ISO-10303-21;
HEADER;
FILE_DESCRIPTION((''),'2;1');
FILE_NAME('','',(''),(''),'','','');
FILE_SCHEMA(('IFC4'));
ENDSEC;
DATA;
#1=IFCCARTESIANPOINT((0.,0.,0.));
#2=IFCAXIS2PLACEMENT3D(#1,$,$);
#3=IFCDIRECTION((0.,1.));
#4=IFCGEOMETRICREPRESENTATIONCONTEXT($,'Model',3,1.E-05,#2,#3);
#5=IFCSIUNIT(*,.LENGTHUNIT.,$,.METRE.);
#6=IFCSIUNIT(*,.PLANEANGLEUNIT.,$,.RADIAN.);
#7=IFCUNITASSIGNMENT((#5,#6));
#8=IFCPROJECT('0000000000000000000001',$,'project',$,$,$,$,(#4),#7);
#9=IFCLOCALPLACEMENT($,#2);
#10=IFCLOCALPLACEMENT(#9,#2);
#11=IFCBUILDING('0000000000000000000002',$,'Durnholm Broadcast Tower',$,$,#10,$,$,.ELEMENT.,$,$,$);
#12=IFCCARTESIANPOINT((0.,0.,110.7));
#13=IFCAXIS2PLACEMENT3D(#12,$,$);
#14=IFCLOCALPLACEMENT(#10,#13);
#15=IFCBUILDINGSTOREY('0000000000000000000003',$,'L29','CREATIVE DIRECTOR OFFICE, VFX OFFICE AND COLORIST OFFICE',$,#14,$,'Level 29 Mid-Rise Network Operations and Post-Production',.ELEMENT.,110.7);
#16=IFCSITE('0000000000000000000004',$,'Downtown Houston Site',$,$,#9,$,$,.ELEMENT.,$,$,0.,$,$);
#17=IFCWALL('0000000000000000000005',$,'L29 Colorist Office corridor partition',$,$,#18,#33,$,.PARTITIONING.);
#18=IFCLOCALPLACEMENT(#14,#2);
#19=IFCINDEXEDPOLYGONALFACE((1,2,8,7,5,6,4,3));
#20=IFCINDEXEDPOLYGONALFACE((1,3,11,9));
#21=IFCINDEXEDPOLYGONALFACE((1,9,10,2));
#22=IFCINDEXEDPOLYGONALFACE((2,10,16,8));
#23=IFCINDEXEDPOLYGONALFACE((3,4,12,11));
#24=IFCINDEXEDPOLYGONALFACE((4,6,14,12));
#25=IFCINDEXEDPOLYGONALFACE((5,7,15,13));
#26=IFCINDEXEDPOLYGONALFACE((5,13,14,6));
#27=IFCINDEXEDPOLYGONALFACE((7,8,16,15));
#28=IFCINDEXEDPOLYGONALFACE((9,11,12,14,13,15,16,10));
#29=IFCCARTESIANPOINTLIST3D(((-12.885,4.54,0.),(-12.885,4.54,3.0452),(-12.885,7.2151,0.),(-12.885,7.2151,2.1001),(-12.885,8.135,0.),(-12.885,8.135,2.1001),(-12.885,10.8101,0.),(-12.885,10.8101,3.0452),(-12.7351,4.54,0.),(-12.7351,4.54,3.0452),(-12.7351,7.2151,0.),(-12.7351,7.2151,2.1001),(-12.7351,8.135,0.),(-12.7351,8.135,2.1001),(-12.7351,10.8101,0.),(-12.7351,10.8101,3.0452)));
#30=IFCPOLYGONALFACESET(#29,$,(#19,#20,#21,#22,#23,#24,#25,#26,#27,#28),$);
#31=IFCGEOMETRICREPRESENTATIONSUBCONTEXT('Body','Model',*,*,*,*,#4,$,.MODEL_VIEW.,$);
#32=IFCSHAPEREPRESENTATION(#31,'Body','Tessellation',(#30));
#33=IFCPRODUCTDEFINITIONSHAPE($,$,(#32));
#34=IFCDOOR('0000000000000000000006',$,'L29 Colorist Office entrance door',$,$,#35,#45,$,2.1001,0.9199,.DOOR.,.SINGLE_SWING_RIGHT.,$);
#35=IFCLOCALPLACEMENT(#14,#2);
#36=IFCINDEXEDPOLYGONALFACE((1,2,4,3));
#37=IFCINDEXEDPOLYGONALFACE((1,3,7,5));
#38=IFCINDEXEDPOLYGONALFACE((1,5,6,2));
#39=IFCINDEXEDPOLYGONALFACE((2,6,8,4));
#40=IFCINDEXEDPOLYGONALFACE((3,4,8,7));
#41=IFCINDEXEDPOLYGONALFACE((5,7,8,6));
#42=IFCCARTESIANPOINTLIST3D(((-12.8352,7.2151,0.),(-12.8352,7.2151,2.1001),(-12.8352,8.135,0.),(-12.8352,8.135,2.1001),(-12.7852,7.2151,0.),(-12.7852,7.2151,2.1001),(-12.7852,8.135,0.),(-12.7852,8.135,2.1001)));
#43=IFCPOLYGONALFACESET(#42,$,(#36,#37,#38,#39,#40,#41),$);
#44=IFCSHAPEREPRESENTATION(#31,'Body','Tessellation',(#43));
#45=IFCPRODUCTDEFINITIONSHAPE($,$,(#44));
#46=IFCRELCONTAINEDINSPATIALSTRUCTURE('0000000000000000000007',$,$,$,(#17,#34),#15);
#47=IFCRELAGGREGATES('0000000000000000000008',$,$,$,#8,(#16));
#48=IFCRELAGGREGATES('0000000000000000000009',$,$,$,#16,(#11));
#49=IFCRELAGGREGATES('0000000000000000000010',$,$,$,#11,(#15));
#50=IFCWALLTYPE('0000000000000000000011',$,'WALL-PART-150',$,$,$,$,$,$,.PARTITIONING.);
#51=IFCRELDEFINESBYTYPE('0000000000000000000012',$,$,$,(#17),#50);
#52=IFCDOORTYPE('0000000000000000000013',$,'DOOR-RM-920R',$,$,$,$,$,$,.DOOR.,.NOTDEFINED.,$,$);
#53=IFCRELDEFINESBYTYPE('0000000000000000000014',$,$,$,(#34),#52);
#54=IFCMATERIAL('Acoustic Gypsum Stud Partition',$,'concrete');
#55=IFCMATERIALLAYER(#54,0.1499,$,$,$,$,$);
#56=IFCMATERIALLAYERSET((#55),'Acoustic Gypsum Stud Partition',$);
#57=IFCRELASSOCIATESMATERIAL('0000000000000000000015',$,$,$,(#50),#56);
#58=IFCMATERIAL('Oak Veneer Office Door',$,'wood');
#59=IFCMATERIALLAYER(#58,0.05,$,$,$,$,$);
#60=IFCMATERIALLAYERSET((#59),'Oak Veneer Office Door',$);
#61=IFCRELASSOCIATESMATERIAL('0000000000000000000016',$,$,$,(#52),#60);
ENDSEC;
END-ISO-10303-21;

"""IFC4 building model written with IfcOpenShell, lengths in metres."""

from ifc_helpers import new_model, si_unit, direction, frame, frame_2d, origin, place, context, subcontext, project, spatial, rectangle, extrude, source, transform, mapped, material, layer, layer_set, type_object, type_shapes, element, fill, save


model = new_model("IFC4")

# Units and contexts
model_context = context("Model", 3, precision=1e-05, world=origin(), true_north=direction((0.0, 1.0)))
body_context = subcontext(model_context, "Body", "Model", "MODEL_VIEW")
ifc_project = project(units=[si_unit("LENGTHUNIT", "METRE"), si_unit("PLANEANGLEUNIT", "RADIAN")], contexts=[model_context])

# Site, building, storey
site_placement = place(None, origin())
site = spatial("IfcSite", under=ifc_project, at=site_placement, Name="Downtown Houston Site", CompositionType="ELEMENT", RefElevation=0.0)
building_placement = place(site_placement, origin())
building = spatial("IfcBuilding", under=site, at=building_placement, Name="Durnholm Broadcast Tower", CompositionType="ELEMENT")
storey_placement = place(building_placement, frame((0.0, 0.0, 110.7)))
storey = spatial("IfcBuildingStorey", under=building, at=storey_placement, Name="L29", Description="CREATIVE DIRECTOR OFFICE, VFX OFFICE AND COLORIST OFFICE", LongName="Level 29 Mid-Rise Network Operations and Post-Production", CompositionType="ELEMENT", Elevation=110.7)

# Wall, opening, door
ifc_material_1 = material(Name="Acoustic Gypsum Stud Partition", Category="concrete")
ifc_layer_1 = layer(ifc_material_1, 0.1499)
ifc_layer_set_1 = layer_set([ifc_layer_1], Name="Acoustic Gypsum Stud Partition")
wall_type_1 = type_object("IfcWallType", Name="WALL-PART-150", PredefinedType="PARTITIONING", material=ifc_layer_set_1)
wall_1_placement = place(storey_placement, frame((-12.8101, 10.8101, 0.0), z_axis=(0.0, 0.0, 1.0), x_axis=(0.0, -1.0, 0.0)))
wall_1 = element("IfcWall", 1, at=wall_1_placement, inside=storey, type_object=wall_type_1, Name="L29 Colorist Office corridor partition", PredefinedType="PARTITIONING", context=body_context, shape_type="SweptSolid", body=[
    extrude(rectangle(XDim=6.27, YDim=0.1499, at=frame_2d((3.135, 0.0))), origin(), (0.0, 0.0, 1.0), 3.0452),
])
opening_1_placement = place(wall_1_placement, frame((2.675, 0.0, 0.0)))
opening_1 = element("IfcOpeningElement", 2, at=opening_1_placement, cuts=wall_1, PredefinedType="OPENING", context=body_context, shape_type="SweptSolid", body=[
    extrude(rectangle(XDim=0.9199, YDim=2.1001, at=frame_2d((0.46, 1.05))), frame((0.0, 0.085, 0.0), z_axis=(0.0, -1.0, 0.0), x_axis=(1.0, 0.0, 0.0)), (0.0, 0.0, 1.0), 0.1699),
])
ifc_material_2 = material(Name="Oak Veneer Office Door", Category="wood")
ifc_layer_2 = layer(ifc_material_2, 0.05)
ifc_layer_set_2 = layer_set([ifc_layer_2], Name="Oak Veneer Office Door")
door_type_1 = type_object("IfcDoorType", Name="DOOR-RM-920R", OperationType="NOTDEFINED", PredefinedType="DOOR", material=ifc_layer_set_2)
shared_shape_1 = source(origin(), body_context, "Body", "SweptSolid", [
    extrude(rectangle(XDim=0.9199, YDim=2.1001, at=frame_2d((0.46, 1.05))), frame((0.0, 0.0249, 0.0), z_axis=(0.0, -1.0, 0.0), x_axis=(1.0, 0.0, 0.0)), (0.0, 0.0, 1.0), 0.05),
])
type_shapes(door_type_1, [shared_shape_1])
door_1_placement = place(opening_1_placement, origin())
door_1 = element("IfcDoor", 3, at=door_1_placement, inside=storey, type_object=door_type_1, Name="L29 Colorist Office entrance door", OperationType="SINGLE_SWING_RIGHT", OverallHeight=2.1001, OverallWidth=0.9199, PredefinedType="DOOR", context=body_context, shape_type="MappedRepresentation", body=[
    mapped(shared_shape_1, transform((0.0, 0.0, 0.0), x_axis=(1.0, 0.0, 0.0), y_axis=(0.0, 1.0, 0.0), z_axis=(0.0, 0.0, 1.0), scale=1.0)),
])
fill(opening_1, door_1)

save(model, "model.ifc")
